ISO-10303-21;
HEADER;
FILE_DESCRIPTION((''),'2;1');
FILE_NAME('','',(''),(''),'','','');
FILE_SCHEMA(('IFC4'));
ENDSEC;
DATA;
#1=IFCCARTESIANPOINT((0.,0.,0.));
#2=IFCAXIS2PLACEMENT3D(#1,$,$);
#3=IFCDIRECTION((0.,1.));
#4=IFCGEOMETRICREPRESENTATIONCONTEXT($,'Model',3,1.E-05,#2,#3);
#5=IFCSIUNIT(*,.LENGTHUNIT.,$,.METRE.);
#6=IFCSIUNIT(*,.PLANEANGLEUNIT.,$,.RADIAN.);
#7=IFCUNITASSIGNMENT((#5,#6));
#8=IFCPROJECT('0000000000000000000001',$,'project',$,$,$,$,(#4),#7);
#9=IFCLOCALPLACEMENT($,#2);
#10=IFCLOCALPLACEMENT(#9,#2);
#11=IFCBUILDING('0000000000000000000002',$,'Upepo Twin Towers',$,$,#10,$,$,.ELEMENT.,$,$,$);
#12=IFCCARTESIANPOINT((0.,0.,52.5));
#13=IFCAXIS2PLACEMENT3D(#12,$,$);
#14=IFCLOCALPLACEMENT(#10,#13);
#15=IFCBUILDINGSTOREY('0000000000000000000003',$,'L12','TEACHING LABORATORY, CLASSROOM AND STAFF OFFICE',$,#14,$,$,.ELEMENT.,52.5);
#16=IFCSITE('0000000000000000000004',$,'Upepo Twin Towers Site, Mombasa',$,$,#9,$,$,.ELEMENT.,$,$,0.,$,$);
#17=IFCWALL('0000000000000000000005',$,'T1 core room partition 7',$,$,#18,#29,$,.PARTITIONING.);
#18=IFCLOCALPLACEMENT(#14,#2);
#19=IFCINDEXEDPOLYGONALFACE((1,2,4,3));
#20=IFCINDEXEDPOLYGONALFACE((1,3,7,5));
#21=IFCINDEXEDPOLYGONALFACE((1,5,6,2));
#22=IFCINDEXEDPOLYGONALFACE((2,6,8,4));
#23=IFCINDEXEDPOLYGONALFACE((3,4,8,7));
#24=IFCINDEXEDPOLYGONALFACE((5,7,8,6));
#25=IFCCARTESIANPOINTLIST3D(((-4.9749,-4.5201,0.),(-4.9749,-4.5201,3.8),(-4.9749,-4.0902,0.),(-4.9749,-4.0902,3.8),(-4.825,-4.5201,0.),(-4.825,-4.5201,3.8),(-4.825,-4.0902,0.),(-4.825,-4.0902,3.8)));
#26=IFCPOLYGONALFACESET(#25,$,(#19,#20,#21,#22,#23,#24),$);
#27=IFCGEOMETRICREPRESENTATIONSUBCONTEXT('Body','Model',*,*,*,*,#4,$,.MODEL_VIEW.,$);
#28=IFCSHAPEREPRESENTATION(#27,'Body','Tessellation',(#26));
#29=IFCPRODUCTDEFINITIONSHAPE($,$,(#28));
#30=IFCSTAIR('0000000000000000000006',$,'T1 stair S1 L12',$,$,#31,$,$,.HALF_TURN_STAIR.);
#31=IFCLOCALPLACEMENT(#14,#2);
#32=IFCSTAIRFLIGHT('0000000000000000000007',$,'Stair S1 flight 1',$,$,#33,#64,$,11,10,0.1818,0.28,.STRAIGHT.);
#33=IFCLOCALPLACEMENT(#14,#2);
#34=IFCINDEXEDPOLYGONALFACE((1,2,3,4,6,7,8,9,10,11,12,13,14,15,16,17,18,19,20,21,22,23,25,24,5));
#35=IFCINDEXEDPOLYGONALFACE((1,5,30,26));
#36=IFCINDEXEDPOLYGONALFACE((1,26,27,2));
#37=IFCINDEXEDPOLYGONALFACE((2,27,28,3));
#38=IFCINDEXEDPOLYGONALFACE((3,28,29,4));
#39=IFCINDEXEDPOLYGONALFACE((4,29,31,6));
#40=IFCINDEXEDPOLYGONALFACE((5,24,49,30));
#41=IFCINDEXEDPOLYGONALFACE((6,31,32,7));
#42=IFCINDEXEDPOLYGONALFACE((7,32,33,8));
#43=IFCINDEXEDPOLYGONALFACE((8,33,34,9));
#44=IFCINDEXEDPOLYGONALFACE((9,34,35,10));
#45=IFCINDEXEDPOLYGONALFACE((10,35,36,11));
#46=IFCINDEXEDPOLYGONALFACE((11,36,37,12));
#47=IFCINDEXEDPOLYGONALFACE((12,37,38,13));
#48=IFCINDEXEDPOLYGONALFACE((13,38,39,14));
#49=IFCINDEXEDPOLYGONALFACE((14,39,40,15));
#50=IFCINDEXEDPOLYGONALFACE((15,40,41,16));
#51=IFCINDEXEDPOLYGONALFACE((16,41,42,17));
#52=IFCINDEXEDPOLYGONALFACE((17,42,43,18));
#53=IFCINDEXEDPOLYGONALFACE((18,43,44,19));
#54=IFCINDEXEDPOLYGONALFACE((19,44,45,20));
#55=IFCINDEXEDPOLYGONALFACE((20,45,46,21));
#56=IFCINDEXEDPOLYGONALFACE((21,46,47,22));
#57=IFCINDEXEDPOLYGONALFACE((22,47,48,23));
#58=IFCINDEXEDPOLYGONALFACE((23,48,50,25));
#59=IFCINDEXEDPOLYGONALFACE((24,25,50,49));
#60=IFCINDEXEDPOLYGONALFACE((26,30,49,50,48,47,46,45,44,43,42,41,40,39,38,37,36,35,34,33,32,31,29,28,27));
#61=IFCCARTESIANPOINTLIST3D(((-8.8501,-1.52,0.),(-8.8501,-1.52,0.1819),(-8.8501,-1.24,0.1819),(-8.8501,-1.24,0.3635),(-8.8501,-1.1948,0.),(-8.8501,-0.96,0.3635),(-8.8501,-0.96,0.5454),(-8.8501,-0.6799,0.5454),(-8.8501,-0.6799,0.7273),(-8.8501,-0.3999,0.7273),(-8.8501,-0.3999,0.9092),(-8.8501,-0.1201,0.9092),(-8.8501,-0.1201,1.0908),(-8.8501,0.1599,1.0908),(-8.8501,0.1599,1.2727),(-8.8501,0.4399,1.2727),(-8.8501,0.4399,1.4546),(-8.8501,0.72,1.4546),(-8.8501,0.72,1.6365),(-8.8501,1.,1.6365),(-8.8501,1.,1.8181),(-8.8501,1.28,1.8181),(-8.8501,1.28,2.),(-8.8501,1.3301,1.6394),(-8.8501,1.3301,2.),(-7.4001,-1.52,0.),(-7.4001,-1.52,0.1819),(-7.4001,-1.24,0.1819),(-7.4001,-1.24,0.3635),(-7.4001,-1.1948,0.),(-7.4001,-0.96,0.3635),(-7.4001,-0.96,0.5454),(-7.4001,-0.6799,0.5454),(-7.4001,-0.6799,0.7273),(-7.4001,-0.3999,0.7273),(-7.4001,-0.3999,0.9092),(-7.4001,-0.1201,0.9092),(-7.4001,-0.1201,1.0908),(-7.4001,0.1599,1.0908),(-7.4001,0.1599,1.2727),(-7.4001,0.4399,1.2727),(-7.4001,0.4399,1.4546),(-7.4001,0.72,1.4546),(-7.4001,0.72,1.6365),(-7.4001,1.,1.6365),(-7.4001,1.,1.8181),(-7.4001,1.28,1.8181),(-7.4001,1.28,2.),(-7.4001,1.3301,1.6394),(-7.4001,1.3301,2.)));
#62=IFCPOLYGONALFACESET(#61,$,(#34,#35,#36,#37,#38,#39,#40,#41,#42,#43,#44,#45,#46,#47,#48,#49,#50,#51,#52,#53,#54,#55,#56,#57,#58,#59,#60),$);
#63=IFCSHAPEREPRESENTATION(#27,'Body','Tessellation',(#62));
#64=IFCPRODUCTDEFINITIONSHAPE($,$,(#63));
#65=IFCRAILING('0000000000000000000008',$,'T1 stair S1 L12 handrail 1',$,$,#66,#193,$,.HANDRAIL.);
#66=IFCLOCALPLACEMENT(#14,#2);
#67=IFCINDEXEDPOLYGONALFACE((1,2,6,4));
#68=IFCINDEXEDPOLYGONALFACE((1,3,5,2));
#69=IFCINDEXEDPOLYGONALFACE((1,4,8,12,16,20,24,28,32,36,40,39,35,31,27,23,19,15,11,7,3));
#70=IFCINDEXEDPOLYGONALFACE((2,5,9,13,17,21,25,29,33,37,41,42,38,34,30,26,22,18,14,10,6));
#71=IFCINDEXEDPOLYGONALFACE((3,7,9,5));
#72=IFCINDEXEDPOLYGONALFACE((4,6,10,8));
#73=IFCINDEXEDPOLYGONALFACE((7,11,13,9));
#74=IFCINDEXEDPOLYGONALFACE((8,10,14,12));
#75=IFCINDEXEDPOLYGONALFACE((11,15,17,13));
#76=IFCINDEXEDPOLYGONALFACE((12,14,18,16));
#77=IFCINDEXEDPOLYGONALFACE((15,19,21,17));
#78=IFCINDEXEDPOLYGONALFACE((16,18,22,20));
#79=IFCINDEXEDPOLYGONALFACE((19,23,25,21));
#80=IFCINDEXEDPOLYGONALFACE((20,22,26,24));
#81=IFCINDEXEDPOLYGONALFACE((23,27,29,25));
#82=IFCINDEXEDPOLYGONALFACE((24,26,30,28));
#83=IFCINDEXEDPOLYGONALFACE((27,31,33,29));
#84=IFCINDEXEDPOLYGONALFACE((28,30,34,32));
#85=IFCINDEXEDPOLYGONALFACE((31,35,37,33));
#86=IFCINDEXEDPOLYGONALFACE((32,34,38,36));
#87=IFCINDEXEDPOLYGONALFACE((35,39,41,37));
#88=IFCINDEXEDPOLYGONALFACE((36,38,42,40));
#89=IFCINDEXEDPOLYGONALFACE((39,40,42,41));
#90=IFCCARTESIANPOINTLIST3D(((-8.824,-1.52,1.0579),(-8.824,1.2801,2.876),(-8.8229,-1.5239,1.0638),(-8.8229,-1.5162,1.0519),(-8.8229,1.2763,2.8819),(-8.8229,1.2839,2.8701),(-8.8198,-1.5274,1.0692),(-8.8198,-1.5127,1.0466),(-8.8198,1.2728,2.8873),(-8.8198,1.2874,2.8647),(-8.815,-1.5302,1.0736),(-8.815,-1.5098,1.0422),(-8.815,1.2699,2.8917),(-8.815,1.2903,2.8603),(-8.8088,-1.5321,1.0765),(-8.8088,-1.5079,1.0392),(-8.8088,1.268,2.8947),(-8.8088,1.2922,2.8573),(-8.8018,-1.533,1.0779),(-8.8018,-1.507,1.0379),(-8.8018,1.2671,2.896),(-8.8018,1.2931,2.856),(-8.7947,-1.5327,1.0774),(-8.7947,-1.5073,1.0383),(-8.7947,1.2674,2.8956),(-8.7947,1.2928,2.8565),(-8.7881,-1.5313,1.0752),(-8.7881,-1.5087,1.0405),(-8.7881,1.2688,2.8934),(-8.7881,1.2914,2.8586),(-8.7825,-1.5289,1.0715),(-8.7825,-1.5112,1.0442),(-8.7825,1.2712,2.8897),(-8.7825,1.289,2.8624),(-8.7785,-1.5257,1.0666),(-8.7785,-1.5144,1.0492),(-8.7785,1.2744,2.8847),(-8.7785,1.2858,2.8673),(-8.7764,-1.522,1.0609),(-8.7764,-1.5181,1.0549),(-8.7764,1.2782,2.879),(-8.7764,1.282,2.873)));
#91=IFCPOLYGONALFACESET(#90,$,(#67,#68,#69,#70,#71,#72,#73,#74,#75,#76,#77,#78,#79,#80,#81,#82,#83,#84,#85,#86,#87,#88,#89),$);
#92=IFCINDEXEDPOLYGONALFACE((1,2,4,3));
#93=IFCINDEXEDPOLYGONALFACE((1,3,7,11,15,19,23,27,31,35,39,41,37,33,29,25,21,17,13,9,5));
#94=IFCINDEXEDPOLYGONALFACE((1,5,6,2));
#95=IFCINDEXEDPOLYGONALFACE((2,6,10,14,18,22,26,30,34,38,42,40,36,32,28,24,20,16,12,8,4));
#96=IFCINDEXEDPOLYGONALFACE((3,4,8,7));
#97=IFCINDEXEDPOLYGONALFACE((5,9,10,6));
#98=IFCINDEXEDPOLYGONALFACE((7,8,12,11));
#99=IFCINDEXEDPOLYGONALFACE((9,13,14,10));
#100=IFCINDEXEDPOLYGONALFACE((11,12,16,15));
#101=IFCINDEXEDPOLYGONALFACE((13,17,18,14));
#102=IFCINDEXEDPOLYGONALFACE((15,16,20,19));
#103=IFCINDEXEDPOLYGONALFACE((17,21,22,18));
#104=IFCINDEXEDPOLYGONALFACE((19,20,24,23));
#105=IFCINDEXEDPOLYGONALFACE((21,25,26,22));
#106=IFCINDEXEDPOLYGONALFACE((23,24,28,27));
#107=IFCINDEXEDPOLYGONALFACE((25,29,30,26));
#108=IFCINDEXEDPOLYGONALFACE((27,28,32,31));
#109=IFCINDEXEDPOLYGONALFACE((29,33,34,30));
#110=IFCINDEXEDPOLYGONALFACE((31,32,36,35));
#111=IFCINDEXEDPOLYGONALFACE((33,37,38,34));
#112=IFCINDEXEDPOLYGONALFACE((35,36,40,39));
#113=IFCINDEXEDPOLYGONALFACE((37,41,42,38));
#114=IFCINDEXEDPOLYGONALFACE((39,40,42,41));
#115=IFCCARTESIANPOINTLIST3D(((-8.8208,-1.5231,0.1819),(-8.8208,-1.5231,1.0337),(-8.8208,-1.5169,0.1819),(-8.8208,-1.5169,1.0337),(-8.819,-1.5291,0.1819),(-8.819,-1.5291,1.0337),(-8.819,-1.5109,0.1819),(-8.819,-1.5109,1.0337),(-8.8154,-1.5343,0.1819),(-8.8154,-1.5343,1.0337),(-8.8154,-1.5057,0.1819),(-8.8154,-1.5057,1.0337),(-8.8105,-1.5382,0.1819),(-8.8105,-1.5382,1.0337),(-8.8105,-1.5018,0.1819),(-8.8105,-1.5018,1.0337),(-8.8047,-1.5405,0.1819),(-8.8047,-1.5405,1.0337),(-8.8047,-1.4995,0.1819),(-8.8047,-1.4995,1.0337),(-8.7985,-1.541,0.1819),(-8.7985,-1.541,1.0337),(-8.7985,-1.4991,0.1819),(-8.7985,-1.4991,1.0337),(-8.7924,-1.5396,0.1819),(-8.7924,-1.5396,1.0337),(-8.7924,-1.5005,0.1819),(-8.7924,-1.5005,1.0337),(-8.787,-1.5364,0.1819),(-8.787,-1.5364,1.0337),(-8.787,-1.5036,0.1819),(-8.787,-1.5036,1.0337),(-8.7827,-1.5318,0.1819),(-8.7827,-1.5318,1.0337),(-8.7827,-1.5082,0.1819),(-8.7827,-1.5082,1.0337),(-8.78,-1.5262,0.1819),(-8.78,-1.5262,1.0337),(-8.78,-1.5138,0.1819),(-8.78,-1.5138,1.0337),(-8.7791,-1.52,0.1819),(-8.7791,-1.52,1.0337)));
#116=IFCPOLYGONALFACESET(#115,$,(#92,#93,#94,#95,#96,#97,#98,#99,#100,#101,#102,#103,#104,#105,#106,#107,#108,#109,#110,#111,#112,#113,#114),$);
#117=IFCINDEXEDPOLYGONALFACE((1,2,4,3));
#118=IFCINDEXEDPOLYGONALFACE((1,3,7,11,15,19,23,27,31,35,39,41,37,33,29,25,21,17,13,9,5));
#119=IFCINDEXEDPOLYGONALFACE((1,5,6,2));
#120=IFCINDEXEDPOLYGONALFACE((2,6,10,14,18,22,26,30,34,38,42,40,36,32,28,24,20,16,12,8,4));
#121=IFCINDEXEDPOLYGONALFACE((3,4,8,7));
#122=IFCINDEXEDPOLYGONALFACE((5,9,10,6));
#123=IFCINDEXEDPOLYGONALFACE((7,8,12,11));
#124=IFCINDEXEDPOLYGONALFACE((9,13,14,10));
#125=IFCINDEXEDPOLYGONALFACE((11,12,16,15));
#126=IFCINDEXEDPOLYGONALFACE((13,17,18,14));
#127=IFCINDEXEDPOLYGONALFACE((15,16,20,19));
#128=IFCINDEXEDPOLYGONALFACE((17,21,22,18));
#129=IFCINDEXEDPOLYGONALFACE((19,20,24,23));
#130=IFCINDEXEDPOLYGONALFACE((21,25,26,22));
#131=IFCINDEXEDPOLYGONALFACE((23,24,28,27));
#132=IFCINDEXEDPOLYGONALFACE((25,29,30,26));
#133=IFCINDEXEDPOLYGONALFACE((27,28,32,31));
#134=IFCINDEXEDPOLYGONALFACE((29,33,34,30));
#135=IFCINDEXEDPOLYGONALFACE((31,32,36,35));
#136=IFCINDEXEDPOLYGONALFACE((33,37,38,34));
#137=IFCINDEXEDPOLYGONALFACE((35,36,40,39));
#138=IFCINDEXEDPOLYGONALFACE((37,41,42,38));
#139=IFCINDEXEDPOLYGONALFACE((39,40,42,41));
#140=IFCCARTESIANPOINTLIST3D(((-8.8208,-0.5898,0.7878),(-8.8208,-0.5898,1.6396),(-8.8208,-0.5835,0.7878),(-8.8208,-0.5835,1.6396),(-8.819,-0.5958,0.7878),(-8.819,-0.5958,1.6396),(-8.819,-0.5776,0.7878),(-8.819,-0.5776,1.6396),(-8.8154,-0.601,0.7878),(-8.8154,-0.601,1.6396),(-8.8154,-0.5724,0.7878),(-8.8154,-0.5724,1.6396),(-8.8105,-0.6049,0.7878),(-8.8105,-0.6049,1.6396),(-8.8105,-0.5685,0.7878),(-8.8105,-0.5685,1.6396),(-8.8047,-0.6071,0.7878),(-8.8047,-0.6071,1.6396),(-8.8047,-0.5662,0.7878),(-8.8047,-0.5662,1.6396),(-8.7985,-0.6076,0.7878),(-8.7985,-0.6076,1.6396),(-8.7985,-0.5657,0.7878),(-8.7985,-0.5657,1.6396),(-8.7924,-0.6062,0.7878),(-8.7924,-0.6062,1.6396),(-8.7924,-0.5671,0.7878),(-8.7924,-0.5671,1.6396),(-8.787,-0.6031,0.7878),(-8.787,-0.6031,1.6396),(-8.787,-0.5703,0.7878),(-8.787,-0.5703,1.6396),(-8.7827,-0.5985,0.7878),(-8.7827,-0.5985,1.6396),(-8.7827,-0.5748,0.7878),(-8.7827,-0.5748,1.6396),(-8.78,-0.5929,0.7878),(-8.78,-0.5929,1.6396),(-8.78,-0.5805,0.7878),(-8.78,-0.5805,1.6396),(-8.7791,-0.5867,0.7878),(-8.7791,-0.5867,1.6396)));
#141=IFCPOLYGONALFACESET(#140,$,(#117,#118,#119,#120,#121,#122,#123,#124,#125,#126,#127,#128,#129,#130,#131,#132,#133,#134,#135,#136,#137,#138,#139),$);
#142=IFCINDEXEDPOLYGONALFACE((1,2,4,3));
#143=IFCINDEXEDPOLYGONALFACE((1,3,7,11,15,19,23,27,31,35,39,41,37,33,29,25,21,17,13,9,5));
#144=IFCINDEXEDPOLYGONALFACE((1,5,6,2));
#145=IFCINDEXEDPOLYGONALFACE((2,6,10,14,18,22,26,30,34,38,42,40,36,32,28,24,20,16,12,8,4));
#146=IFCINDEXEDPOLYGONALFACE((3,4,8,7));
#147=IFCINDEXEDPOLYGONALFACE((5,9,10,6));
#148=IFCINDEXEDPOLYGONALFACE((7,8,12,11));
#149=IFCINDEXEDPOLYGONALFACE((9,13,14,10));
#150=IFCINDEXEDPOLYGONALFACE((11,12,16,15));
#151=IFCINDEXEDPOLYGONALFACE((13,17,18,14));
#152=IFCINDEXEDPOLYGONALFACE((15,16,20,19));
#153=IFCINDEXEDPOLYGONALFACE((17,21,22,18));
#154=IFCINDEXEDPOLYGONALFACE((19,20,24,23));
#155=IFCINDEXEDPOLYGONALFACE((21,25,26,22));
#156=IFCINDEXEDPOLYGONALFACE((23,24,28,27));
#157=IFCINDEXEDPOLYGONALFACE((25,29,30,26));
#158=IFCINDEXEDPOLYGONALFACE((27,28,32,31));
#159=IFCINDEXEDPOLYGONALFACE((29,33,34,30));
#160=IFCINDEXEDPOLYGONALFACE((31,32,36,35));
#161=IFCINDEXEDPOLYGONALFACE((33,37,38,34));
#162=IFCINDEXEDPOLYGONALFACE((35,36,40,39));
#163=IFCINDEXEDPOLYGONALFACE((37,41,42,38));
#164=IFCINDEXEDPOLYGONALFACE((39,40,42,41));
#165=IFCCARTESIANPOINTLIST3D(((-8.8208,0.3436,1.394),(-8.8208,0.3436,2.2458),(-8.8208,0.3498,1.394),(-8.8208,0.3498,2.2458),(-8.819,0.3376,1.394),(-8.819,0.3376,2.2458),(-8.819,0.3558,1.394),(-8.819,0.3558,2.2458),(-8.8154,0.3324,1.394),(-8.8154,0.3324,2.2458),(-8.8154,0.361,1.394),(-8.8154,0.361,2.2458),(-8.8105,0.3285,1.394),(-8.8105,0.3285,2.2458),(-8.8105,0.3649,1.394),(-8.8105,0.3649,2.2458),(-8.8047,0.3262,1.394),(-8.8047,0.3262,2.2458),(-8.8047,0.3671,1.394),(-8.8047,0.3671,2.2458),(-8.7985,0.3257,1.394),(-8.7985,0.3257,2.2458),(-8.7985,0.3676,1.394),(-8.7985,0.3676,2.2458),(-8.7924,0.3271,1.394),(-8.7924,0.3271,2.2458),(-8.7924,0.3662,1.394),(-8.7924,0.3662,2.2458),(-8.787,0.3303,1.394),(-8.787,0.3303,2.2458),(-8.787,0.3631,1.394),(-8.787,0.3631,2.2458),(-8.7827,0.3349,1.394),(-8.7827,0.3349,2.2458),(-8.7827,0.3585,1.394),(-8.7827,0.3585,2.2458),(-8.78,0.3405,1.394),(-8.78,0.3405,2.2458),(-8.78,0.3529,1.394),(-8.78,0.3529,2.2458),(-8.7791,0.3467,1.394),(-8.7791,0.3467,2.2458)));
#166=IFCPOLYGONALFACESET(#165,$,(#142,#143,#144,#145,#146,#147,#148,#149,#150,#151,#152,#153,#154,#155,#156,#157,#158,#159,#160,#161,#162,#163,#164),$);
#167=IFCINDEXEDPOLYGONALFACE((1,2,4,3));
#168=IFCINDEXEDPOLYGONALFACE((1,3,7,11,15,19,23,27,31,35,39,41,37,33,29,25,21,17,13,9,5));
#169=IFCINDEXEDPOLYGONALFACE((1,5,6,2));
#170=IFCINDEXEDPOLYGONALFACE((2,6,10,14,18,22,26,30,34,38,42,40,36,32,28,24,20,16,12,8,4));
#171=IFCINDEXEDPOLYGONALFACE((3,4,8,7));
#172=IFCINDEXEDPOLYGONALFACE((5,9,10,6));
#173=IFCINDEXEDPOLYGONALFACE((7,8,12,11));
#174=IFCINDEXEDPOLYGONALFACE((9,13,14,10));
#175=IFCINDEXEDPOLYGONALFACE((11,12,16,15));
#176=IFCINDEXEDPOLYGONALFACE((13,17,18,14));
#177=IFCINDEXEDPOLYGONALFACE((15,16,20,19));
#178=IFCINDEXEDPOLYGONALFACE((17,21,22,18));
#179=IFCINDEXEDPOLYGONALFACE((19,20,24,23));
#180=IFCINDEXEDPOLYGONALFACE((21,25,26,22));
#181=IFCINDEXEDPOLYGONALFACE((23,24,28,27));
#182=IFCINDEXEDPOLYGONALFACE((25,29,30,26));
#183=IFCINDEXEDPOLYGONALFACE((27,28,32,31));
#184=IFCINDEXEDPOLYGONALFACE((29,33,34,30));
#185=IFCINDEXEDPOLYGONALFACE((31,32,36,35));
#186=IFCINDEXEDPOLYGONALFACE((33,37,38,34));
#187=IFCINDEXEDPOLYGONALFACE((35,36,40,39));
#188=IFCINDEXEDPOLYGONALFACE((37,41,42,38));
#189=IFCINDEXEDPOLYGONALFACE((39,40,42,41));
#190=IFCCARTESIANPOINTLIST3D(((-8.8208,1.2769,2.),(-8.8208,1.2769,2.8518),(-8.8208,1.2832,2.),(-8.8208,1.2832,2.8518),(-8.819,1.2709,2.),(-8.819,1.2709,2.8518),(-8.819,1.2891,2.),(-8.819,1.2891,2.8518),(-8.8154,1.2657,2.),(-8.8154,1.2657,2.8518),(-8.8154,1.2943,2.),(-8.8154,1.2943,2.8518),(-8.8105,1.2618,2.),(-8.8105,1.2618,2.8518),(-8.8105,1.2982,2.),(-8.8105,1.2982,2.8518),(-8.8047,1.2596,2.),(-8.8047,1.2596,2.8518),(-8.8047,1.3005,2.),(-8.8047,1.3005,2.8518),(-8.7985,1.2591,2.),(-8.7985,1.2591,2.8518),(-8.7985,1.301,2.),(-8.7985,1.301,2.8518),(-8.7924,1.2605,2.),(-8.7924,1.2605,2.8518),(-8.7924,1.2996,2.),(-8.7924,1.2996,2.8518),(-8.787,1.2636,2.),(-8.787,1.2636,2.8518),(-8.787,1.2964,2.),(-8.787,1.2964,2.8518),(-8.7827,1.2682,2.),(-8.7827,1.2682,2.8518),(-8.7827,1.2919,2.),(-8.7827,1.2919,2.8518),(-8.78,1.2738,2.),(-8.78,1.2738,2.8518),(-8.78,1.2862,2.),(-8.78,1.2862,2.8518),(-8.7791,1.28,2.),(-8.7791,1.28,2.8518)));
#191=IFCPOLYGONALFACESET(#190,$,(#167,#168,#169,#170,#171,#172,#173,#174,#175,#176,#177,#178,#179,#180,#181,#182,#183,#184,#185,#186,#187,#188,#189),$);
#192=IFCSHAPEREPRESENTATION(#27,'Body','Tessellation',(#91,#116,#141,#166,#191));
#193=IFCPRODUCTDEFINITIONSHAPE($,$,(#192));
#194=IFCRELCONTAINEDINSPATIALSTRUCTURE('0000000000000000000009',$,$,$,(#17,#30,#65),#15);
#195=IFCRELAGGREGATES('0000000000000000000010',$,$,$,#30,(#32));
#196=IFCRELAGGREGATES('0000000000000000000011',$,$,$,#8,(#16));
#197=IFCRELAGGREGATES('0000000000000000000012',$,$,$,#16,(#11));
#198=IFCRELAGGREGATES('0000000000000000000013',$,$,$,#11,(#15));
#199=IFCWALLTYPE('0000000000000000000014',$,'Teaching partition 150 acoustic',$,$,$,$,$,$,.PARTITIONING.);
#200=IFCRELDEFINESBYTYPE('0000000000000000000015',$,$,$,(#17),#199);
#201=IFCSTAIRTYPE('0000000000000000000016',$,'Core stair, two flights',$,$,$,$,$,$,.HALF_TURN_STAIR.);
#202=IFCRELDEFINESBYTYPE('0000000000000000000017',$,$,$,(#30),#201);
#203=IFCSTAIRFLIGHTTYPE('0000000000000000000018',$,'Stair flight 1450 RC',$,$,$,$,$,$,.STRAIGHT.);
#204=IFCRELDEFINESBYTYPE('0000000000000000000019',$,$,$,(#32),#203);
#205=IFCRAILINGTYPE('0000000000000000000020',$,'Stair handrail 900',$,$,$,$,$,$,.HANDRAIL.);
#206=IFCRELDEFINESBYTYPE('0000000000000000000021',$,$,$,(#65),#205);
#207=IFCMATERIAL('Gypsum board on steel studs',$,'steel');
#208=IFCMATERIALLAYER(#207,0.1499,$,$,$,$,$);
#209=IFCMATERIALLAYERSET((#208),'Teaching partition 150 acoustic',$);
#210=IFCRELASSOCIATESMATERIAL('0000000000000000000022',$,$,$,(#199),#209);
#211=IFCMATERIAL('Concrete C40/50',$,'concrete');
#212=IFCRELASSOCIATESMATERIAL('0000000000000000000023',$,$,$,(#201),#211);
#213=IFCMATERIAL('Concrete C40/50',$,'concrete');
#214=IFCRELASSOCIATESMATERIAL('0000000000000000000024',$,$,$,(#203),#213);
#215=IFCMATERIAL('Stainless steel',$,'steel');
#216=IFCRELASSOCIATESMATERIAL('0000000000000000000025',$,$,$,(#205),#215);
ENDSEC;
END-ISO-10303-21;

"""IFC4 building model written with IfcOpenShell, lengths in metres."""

from ifc_helpers import new_model, si_unit, direction, frame, frame_2d, origin, origin_2d, place, context, subcontext, project, spatial, polyline, rectangle, circle, outline, extrude, material, layer, layer_set, type_object, element, aggregate, save


model = new_model("IFC4")

# Units and contexts
model_context = context("Model", 3, precision=1e-05, world=origin(), true_north=direction((0.0, 1.0)))
body_context = subcontext(model_context, "Body", "Model", "MODEL_VIEW")
ifc_project = project(units=[si_unit("LENGTHUNIT", "METRE"), si_unit("PLANEANGLEUNIT", "RADIAN")], contexts=[model_context])

# Site, building, storey
site_placement = place(None, origin())
site = spatial("IfcSite", under=ifc_project, at=site_placement, Name="Upepo Twin Towers Site, Mombasa", CompositionType="ELEMENT", RefElevation=0.0)
building_placement = place(site_placement, origin())
building = spatial("IfcBuilding", under=site, at=building_placement, Name="Upepo Twin Towers", CompositionType="ELEMENT")
storey_placement = place(building_placement, frame((0.0, 0.0, 52.5)))
storey = spatial("IfcBuildingStorey", under=building, at=storey_placement, Name="L12", Description="TEACHING LABORATORY, CLASSROOM AND STAFF OFFICE", CompositionType="ELEMENT", Elevation=52.5)

# Shared definitions
ifc_material_1 = material(Name="Gypsum board on steel studs", Category="steel")
ifc_layer_1 = layer(ifc_material_1, 0.1499)
ifc_layer_set_1 = layer_set([ifc_layer_1], Name="Teaching partition 150 acoustic")
wall_type_1 = type_object("IfcWallType", Name="Teaching partition 150 acoustic", PredefinedType="PARTITIONING", material=ifc_layer_set_1)

# Wall
wall_1_placement = place(storey_placement, frame((-4.8999, -4.52, 0.0), z_axis=(0.0, 0.0, 1.0), x_axis=(0.0, 1.0, 0.0)))
element("IfcWall", 1, at=wall_1_placement, inside=storey, type_object=wall_type_1, Name="T1 core room partition 7", PredefinedType="PARTITIONING", context=body_context, shape_type="SweptSolid", body=[
    extrude(rectangle(XDim=0.4299, YDim=0.1499, at=frame_2d((0.2148, 0.0))), origin(), (0.0, 0.0, 1.0), 3.8),
])

# Stair, stair flight
ifc_material_2 = material(Name="Concrete C40/50", Category="concrete")
stair_type = type_object("IfcStairType", Name="Core stair, two flights", PredefinedType="HALF_TURN_STAIR", material=ifc_material_2)
stair_placement = place(storey_placement, origin())
stair = element("IfcStair", 2, at=stair_placement, inside=storey, type_object=stair_type, Name="T1 stair S1 L12", PredefinedType="HALF_TURN_STAIR")
ifc_material_3 = material(Name="Concrete C40/50", Category="concrete")
stair_flight_type = type_object("IfcStairFlightType", Name="Stair flight 1450 RC", PredefinedType="STRAIGHT", material=ifc_material_3)
stair_flight_placement = place(storey_placement, frame((-8.125, -1.52, 0.0), z_axis=(0.0, 0.0, 1.0), x_axis=(0.0, 1.0, 0.0)))
stair_flight = element("IfcStairFlight", 3, at=stair_flight_placement, type_object=stair_flight_type, Name="Stair S1 flight 1", NumberOfRisers=11, NumberOfTreads=10, PredefinedType="STRAIGHT", RiserHeight=0.1818, TreadLength=0.28, context=body_context, shape_type="SweptSolid", body=[
    extrude(outline(polyline([(0.0, 0.0), (0.0, 0.1819), (0.28, 0.1819), (0.28, 0.3635), (0.5601, 0.3635), (0.5601, 0.5454), (0.8401, 0.5454), (0.8401, 0.7273), (1.1201, 0.7273), (1.1201, 0.9092), (1.3999, 0.9092), (1.3999, 1.0908), (1.6799, 1.0908), (1.6799, 1.2727), (1.96, 1.2727), (1.96, 1.4546), (2.24, 1.4546), (2.24, 1.6365), (2.52, 1.6365), (2.52, 1.8181), (2.8, 1.8181), (2.8, 2.0), (2.8501, 2.0), (2.8501, 1.6394), (0.3252, 0.0), (0.0, 0.0)])), frame((0.0, 0.7251, 0.0), z_axis=(0.0, -1.0, 0.0), x_axis=(1.0, 0.0, 0.0)), (0.0, 0.0, 1.0), 1.45),
])
aggregate(stair, [stair_flight])

# Railing
ifc_material_4 = material(Name="Stainless steel", Category="steel")
railing_type = type_object("IfcRailingType", Name="Stair handrail 900", PredefinedType="HANDRAIL", material=ifc_material_4)
railing_placement = place(storey_placement, frame((-8.8, -1.52, 0.1819)))
element("IfcRailing", 4, at=railing_placement, inside=storey, type_object=railing_type, Name="T1 stair S1 L12 handrail 1", PredefinedType="HANDRAIL", context=body_context, shape_type="SweptSolid", body=[
    extrude(circle(Radius=0.0239, at=origin_2d()), frame((0.0, 0.0, 0.876), z_axis=(0.0, 0.838706, 0.544585), x_axis=(-1.0, 0.0, 0.0)), (0.0, 0.0, 1.0), 3.3386),
    extrude(circle(Radius=0.021, at=origin_2d()), origin(), (0.0, 0.0, 1.0), 0.8518),
    extrude(circle(Radius=0.021, at=origin_2d()), frame((0.0, 0.9333, 0.606)), (0.0, 0.0, 1.0), 0.8518),
    extrude(circle(Radius=0.021, at=origin_2d()), frame((0.0, 1.8667, 1.2122)), (0.0, 0.0, 1.0), 0.8518),
    extrude(circle(Radius=0.021, at=origin_2d()), frame((0.0, 2.8, 1.8181)), (0.0, 0.0, 1.0), 0.8518),
])

save(model, "model.ifc")
